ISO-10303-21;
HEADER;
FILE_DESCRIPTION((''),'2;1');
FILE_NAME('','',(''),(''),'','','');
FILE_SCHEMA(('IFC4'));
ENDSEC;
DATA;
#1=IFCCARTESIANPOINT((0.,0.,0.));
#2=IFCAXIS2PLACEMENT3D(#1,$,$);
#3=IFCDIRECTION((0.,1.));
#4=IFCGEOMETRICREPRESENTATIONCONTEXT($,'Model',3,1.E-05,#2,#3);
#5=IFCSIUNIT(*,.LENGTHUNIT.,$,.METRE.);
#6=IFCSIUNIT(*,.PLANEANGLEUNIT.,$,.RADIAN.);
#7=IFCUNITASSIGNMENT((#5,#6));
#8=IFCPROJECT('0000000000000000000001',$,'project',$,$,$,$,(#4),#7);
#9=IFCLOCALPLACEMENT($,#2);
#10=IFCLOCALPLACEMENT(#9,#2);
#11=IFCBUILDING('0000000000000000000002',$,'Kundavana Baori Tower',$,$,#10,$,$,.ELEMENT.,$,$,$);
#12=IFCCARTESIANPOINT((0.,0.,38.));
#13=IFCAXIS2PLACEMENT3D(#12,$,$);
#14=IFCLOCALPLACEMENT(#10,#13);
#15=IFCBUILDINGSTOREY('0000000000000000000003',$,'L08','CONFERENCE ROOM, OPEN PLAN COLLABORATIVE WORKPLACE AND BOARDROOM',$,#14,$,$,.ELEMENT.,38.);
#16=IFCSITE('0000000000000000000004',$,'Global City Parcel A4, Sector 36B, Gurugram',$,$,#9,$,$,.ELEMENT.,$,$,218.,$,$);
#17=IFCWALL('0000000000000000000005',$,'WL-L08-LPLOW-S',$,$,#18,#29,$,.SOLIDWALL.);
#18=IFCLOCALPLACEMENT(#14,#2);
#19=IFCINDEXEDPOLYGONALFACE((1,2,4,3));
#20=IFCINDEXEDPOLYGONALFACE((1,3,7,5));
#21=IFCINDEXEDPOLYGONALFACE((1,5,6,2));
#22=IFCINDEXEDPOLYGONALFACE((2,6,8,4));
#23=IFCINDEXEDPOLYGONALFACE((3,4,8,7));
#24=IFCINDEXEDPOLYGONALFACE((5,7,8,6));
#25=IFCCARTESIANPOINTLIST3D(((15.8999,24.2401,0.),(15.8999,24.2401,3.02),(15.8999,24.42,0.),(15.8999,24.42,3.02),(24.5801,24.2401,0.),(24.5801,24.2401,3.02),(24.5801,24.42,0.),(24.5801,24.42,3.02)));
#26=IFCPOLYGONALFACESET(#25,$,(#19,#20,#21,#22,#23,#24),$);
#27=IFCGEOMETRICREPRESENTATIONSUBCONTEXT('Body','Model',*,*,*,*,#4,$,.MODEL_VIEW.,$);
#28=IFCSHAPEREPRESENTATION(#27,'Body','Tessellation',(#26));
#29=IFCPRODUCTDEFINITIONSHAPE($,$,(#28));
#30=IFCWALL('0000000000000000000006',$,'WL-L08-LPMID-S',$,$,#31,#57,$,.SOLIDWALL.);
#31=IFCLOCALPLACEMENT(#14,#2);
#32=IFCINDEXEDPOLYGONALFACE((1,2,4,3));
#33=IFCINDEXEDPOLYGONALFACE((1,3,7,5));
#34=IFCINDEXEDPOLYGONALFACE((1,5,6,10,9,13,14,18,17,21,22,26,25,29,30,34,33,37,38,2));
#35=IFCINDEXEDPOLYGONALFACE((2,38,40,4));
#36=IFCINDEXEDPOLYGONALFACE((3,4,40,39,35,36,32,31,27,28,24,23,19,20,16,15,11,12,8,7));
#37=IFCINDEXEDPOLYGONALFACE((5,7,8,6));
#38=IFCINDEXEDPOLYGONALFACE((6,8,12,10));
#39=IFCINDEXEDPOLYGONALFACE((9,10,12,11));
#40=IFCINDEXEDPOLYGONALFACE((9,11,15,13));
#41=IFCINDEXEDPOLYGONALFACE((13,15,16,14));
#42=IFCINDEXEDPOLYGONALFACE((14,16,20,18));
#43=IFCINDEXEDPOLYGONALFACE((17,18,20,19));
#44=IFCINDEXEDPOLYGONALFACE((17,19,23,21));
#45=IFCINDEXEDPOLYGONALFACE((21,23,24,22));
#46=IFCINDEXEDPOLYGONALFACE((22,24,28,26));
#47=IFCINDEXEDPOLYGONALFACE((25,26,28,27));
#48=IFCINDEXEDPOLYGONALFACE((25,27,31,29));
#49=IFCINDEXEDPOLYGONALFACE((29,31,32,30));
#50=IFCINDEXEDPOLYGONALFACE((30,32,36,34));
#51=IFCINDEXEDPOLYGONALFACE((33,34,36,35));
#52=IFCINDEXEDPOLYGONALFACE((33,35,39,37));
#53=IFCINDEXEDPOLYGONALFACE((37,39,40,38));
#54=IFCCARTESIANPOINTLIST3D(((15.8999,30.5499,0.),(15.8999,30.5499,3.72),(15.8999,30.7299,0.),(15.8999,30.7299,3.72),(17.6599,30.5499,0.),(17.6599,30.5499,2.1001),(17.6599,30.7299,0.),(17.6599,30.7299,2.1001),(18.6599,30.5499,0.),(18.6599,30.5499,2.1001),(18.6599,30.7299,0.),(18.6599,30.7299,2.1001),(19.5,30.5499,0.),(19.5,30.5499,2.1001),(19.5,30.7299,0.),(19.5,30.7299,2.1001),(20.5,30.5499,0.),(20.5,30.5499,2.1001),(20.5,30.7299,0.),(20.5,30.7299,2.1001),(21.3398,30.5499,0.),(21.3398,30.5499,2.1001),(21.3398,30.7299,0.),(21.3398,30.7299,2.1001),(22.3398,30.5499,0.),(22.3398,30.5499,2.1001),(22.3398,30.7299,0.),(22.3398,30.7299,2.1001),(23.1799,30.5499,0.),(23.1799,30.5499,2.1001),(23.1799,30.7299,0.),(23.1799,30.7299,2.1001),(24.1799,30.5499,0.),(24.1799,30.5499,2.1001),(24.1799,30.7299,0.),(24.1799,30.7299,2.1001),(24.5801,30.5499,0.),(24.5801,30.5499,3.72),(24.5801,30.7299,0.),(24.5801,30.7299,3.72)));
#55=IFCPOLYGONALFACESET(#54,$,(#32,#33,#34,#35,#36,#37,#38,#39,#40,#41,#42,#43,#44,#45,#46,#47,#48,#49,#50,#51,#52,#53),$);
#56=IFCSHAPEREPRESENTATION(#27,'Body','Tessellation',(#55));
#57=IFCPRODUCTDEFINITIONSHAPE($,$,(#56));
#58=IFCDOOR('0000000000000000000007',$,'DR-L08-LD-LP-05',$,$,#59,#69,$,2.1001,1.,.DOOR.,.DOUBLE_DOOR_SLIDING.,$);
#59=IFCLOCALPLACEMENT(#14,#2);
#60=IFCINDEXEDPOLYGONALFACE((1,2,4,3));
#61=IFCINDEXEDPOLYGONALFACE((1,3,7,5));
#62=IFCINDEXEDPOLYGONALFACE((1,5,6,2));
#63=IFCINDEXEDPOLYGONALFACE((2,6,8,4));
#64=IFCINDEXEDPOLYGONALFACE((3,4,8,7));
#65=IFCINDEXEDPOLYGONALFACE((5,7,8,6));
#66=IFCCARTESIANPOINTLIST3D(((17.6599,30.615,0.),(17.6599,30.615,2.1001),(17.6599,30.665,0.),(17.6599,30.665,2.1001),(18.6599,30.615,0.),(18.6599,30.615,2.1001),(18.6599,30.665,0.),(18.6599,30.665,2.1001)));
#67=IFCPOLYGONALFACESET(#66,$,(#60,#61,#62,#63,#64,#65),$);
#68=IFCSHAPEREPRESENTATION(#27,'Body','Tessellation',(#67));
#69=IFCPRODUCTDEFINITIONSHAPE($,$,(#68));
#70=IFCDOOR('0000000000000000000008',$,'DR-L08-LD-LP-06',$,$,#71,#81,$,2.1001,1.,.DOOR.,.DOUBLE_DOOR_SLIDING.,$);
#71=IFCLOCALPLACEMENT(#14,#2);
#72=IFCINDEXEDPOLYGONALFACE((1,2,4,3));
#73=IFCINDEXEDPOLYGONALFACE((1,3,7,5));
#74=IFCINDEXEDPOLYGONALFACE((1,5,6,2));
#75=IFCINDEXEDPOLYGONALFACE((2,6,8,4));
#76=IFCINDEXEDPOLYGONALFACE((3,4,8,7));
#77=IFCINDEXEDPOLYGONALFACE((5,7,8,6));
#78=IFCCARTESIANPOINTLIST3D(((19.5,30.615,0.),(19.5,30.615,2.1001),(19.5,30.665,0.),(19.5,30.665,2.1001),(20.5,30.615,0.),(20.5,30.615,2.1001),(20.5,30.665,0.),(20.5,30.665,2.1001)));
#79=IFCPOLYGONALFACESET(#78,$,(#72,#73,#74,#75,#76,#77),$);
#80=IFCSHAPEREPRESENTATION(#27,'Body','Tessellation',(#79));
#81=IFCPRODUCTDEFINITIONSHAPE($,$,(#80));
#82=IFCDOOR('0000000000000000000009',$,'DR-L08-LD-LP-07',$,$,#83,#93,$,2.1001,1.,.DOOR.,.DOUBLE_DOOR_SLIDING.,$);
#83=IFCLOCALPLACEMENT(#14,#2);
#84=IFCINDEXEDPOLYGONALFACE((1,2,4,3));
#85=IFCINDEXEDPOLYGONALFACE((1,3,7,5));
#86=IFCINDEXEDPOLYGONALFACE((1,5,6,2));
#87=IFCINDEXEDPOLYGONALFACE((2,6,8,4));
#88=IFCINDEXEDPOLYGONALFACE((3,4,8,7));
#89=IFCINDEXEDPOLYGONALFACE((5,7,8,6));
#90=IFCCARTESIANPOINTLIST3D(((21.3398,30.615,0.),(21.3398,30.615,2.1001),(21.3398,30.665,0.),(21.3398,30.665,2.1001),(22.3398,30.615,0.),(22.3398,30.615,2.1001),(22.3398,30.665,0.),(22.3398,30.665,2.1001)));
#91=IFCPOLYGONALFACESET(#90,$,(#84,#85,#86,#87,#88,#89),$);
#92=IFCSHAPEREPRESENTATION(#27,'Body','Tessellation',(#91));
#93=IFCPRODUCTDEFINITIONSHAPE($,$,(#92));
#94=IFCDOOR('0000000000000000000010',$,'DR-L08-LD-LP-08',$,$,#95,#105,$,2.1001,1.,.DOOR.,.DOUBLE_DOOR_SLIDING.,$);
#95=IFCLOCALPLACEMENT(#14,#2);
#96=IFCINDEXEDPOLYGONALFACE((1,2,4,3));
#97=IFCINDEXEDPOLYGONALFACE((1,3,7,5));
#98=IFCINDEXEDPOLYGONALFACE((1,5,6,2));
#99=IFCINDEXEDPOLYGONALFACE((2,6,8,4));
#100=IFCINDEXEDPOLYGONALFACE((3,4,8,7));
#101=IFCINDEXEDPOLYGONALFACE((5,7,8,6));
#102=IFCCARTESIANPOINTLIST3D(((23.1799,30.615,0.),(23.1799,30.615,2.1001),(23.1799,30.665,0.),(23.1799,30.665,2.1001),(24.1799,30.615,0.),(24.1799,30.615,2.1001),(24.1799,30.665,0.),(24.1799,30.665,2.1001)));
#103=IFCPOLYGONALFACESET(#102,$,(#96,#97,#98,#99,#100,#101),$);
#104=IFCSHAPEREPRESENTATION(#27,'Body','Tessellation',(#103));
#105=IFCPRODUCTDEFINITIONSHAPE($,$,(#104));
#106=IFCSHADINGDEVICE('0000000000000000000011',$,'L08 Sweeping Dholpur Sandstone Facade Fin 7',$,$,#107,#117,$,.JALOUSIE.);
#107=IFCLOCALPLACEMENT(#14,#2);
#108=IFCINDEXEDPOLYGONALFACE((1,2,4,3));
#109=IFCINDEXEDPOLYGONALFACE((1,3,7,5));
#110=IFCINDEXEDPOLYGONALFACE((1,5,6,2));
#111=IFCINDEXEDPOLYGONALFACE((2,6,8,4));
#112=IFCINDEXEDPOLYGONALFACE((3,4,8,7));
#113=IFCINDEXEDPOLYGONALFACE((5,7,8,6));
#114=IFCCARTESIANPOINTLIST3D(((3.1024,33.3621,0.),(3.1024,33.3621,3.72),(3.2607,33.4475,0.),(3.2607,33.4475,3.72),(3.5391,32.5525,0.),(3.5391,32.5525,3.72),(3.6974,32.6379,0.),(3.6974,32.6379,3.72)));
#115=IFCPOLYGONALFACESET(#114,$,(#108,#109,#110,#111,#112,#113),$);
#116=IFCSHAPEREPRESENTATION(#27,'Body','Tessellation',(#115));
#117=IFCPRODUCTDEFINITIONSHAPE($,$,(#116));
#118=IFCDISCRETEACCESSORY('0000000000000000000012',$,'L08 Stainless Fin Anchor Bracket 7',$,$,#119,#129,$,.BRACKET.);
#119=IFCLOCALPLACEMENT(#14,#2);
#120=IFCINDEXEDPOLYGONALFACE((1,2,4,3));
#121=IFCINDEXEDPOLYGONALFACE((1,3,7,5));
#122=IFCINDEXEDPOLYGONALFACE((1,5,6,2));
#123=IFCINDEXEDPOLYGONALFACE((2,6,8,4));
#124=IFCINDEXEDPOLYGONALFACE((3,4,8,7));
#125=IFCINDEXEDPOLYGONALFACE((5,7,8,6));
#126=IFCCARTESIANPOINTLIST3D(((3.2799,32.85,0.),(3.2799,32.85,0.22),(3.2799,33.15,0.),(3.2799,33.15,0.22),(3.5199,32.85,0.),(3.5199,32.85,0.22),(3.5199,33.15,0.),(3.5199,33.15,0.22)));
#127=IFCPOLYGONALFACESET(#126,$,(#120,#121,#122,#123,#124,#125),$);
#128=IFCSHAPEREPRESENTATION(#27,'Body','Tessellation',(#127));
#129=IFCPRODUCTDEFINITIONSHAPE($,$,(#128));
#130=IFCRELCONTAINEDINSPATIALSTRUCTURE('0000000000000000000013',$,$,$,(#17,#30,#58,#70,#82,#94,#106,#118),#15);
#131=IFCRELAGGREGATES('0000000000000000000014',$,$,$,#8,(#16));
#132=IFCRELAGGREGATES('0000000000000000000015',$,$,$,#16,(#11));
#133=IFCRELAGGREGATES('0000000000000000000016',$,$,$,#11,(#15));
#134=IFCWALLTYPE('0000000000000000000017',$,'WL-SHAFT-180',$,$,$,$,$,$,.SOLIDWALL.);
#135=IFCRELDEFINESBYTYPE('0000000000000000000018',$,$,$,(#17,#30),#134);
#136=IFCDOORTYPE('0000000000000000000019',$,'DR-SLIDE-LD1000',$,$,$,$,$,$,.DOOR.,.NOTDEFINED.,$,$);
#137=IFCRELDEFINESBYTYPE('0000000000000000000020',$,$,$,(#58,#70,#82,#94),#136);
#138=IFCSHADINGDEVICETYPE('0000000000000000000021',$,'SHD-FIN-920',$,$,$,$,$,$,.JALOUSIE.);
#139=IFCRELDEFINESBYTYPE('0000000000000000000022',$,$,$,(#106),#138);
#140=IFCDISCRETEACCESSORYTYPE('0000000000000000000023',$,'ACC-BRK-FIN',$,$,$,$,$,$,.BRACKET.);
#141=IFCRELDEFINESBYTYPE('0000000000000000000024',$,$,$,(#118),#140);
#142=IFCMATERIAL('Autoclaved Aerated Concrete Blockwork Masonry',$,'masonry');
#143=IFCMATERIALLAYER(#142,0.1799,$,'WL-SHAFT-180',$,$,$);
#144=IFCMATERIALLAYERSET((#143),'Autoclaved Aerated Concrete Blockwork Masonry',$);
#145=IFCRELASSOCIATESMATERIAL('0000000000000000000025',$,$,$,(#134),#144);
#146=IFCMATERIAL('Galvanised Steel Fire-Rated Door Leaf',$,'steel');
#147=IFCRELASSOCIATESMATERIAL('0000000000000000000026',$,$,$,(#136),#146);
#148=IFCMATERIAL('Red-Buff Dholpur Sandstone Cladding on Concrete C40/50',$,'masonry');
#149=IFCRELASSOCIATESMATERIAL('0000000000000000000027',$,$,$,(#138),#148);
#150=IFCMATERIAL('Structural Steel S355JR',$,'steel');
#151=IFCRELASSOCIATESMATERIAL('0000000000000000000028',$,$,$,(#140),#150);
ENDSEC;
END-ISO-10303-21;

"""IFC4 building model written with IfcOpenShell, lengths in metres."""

from ifc_helpers import new_model, si_unit, direction, frame, frame_2d, origin, origin_2d, place, context, subcontext, project, spatial, rectangle, extrude, material, layer, layer_set, type_object, element, fill, save


model = new_model("IFC4")

# Units and contexts
model_context = context("Model", 3, precision=1e-05, world=origin(), true_north=direction((0.0, 1.0)))
body_context = subcontext(model_context, "Body", "Model", "MODEL_VIEW")
ifc_project = project(units=[si_unit("LENGTHUNIT", "METRE"), si_unit("PLANEANGLEUNIT", "RADIAN")], contexts=[model_context])

# Site, building, storey
site_placement = place(None, origin())
site = spatial("IfcSite", under=ifc_project, at=site_placement, Name="Global City Parcel A4, Sector 36B, Gurugram", CompositionType="ELEMENT", RefElevation=218.0)
building_placement = place(site_placement, origin())
building = spatial("IfcBuilding", under=site, at=building_placement, Name="Kundavana Baori Tower", CompositionType="ELEMENT")
storey_placement = place(building_placement, frame((0.0, 0.0, 38.0)))
storey = spatial("IfcBuildingStorey", under=building, at=storey_placement, Name="L08", Description="CONFERENCE ROOM, OPEN PLAN COLLABORATIVE WORKPLACE AND BOARDROOM", CompositionType="ELEMENT", Elevation=38.0)

# Shared definitions
ifc_material_1 = material(Name="Autoclaved Aerated Concrete Blockwork Masonry", Category="masonry")
ifc_layer_1 = layer(ifc_material_1, 0.1799, Name="WL-SHAFT-180")
ifc_layer_set_1 = layer_set([ifc_layer_1], Name="Autoclaved Aerated Concrete Blockwork Masonry")
wall_type_1 = type_object("IfcWallType", Name="WL-SHAFT-180", PredefinedType="SOLIDWALL", material=ifc_layer_set_1)
ifc_material_2 = material(Name="Galvanised Steel Fire-Rated Door Leaf", Category="steel")
door_type = type_object("IfcDoorType", Name="DR-SLIDE-LD1000", OperationType="NOTDEFINED", PredefinedType="DOOR", material=ifc_material_2)

# Wall
wall_1_placement = place(storey_placement, frame((15.8999, 24.3301, 0.0), z_axis=(0.0, 0.0, 1.0), x_axis=(1.0, 0.0, 0.0)))
element("IfcWall", 1, at=wall_1_placement, inside=storey, type_object=wall_type_1, Name="WL-L08-LPLOW-S", PredefinedType="SOLIDWALL", context=body_context, shape_type="SweptSolid", body=[
    extrude(rectangle(XDim=8.6802, YDim=0.1799, at=frame_2d((4.3401, 0.0))), origin(), (0.0, 0.0, 1.0), 3.02),
])

# Wall, openings, doors
wall_2_placement = place(storey_placement, frame((15.8999, 30.6399, 0.0), z_axis=(0.0, 0.0, 1.0), x_axis=(1.0, 0.0, 0.0)))
wall_2 = element("IfcWall", 2, at=wall_2_placement, inside=storey, type_object=wall_type_1, Name="WL-L08-LPMID-S", PredefinedType="SOLIDWALL", context=body_context, shape_type="SweptSolid", body=[
    extrude(rectangle(XDim=8.6802, YDim=0.1799, at=frame_2d((4.3401, 0.0))), origin(), (0.0, 0.0, 1.0), 3.72),
])
opening_1_placement = place(wall_2_placement, frame((1.76, 0.0, 0.0)))
opening_1 = element("IfcOpeningElement", 3, at=opening_1_placement, cuts=wall_2, PredefinedType="OPENING", context=body_context, shape_type="SweptSolid", body=[
    extrude(rectangle(XDim=1.0, YDim=2.1001, at=frame_2d((0.5, 1.05))), frame((0.0, 0.1001, 0.0), z_axis=(0.0, -1.0, 0.0), x_axis=(1.0, 0.0, 0.0)), (0.0, 0.0, 1.0), 0.2),
])
opening_2_placement = place(wall_2_placement, frame((3.6001, 0.0, 0.0)))
opening_2 = element("IfcOpeningElement", 4, at=opening_2_placement, cuts=wall_2, PredefinedType="OPENING", context=body_context, shape_type="SweptSolid", body=[
    extrude(rectangle(XDim=1.0, YDim=2.1001, at=frame_2d((0.5, 1.05))), frame((0.0, 0.1001, 0.0), z_axis=(0.0, -1.0, 0.0), x_axis=(1.0, 0.0, 0.0)), (0.0, 0.0, 1.0), 0.2),
])
opening_3_placement = place(wall_2_placement, frame((5.4399, 0.0, 0.0)))
opening_3 = element("IfcOpeningElement", 5, at=opening_3_placement, cuts=wall_2, PredefinedType="OPENING", context=body_context, shape_type="SweptSolid", body=[
    extrude(rectangle(XDim=1.0, YDim=2.1001, at=frame_2d((0.5, 1.05))), frame((0.0, 0.1001, 0.0), z_axis=(0.0, -1.0, 0.0), x_axis=(1.0, 0.0, 0.0)), (0.0, 0.0, 1.0), 0.2),
])
opening_4_placement = place(wall_2_placement, frame((7.28, 0.0, 0.0)))
opening_4 = element("IfcOpeningElement", 6, at=opening_4_placement, cuts=wall_2, PredefinedType="OPENING", context=body_context, shape_type="SweptSolid", body=[
    extrude(rectangle(XDim=1.0, YDim=2.1001, at=frame_2d((0.5, 1.05))), frame((0.0, 0.1001, 0.0), z_axis=(0.0, -1.0, 0.0), x_axis=(1.0, 0.0, 0.0)), (0.0, 0.0, 1.0), 0.2),
])
door_1_placement = place(opening_1_placement, frame((1.0, 0.0, 0.0), z_axis=(0.0, 0.0, 1.0), x_axis=(-1.0, 0.0, 0.0)))
door_1 = element("IfcDoor", 7, at=door_1_placement, inside=storey, type_object=door_type, Name="DR-L08-LD-LP-05", OperationType="DOUBLE_DOOR_SLIDING", OverallHeight=2.1001, OverallWidth=1.0, PredefinedType="DOOR", context=body_context, shape_type="SweptSolid", body=[
    extrude(rectangle(XDim=1.0, YDim=2.1001, at=frame_2d((0.5, 1.05))), frame((0.0, 0.0249, 0.0), z_axis=(0.0, -1.0, 0.0), x_axis=(1.0, 0.0, 0.0)), (0.0, 0.0, 1.0), 0.05),
])
fill(opening_1, door_1)
door_2_placement = place(opening_2_placement, frame((1.0, 0.0, 0.0), z_axis=(0.0, 0.0, 1.0), x_axis=(-1.0, 0.0, 0.0)))
door_2 = element("IfcDoor", 8, at=door_2_placement, inside=storey, type_object=door_type, Name="DR-L08-LD-LP-06", OperationType="DOUBLE_DOOR_SLIDING", OverallHeight=2.1001, OverallWidth=1.0, PredefinedType="DOOR", context=body_context, shape_type="SweptSolid", body=[
    extrude(rectangle(XDim=1.0, YDim=2.1001, at=frame_2d((0.5, 1.05))), frame((0.0, 0.0249, 0.0), z_axis=(0.0, -1.0, 0.0), x_axis=(1.0, 0.0, 0.0)), (0.0, 0.0, 1.0), 0.05),
])
fill(opening_2, door_2)
door_3_placement = place(opening_3_placement, frame((1.0, 0.0, 0.0), z_axis=(0.0, 0.0, 1.0), x_axis=(-1.0, 0.0, 0.0)))
door_3 = element("IfcDoor", 9, at=door_3_placement, inside=storey, type_object=door_type, Name="DR-L08-LD-LP-07", OperationType="DOUBLE_DOOR_SLIDING", OverallHeight=2.1001, OverallWidth=1.0, PredefinedType="DOOR", context=body_context, shape_type="SweptSolid", body=[
    extrude(rectangle(XDim=1.0, YDim=2.1001, at=frame_2d((0.5, 1.05))), frame((0.0, 0.0249, 0.0), z_axis=(0.0, -1.0, 0.0), x_axis=(1.0, 0.0, 0.0)), (0.0, 0.0, 1.0), 0.05),
])
fill(opening_3, door_3)
door_4_placement = place(opening_4_placement, frame((1.0, 0.0, 0.0), z_axis=(0.0, 0.0, 1.0), x_axis=(-1.0, 0.0, 0.0)))
door_4 = element("IfcDoor", 10, at=door_4_placement, inside=storey, type_object=door_type, Name="DR-L08-LD-LP-08", OperationType="DOUBLE_DOOR_SLIDING", OverallHeight=2.1001, OverallWidth=1.0, PredefinedType="DOOR", context=body_context, shape_type="SweptSolid", body=[
    extrude(rectangle(XDim=1.0, YDim=2.1001, at=frame_2d((0.5, 1.05))), frame((0.0, 0.0249, 0.0), z_axis=(0.0, -1.0, 0.0), x_axis=(1.0, 0.0, 0.0)), (0.0, 0.0, 1.0), 0.05),
])
fill(opening_4, door_4)

# Shading device
ifc_material_3 = material(Name="Red-Buff Dholpur Sandstone Cladding on Concrete C40/50", Category="masonry")
shading_device_type = type_object("IfcShadingDeviceType", Name="SHD-FIN-920", PredefinedType="JALOUSIE", material=ifc_material_3)
shading_device_placement = place(storey_placement, frame((3.3999, 33.0, 0.0), z_axis=(0.0, 0.0, 1.0), x_axis=(0.880146, 0.474703, 0.0)))
element("IfcShadingDevice", 11, at=shading_device_placement, inside=storey, type_object=shading_device_type, Name="L08 Sweeping Dholpur Sandstone Facade Fin 7", PredefinedType="JALOUSIE", context=body_context, shape_type="SweptSolid", body=[
    extrude(rectangle(XDim=0.1799, YDim=0.9199, at=origin_2d()), origin(), (0.0, 0.0, 1.0), 3.72),
])

# Discrete accessory
ifc_material_4 = material(Name="Structural Steel S355JR", Category="steel")
discrete_accessory_type = type_object("IfcDiscreteAccessoryType", Name="ACC-BRK-FIN", PredefinedType="BRACKET", material=ifc_material_4)
discrete_accessory_placement = place(storey_placement, frame((3.3999, 33.0, 0.0), z_axis=(0.0, 0.0, 1.0), x_axis=(1.0, 0.0, 0.0)))
element("IfcDiscreteAccessory", 12, at=discrete_accessory_placement, inside=storey, type_object=discrete_accessory_type, Name="L08 Stainless Fin Anchor Bracket 7", PredefinedType="BRACKET", context=body_context, shape_type="SweptSolid", body=[
    extrude(rectangle(XDim=0.24, YDim=0.3, at=origin_2d()), origin(), (0.0, 0.0, 1.0), 0.22),
])

save(model, "model.ifc")
